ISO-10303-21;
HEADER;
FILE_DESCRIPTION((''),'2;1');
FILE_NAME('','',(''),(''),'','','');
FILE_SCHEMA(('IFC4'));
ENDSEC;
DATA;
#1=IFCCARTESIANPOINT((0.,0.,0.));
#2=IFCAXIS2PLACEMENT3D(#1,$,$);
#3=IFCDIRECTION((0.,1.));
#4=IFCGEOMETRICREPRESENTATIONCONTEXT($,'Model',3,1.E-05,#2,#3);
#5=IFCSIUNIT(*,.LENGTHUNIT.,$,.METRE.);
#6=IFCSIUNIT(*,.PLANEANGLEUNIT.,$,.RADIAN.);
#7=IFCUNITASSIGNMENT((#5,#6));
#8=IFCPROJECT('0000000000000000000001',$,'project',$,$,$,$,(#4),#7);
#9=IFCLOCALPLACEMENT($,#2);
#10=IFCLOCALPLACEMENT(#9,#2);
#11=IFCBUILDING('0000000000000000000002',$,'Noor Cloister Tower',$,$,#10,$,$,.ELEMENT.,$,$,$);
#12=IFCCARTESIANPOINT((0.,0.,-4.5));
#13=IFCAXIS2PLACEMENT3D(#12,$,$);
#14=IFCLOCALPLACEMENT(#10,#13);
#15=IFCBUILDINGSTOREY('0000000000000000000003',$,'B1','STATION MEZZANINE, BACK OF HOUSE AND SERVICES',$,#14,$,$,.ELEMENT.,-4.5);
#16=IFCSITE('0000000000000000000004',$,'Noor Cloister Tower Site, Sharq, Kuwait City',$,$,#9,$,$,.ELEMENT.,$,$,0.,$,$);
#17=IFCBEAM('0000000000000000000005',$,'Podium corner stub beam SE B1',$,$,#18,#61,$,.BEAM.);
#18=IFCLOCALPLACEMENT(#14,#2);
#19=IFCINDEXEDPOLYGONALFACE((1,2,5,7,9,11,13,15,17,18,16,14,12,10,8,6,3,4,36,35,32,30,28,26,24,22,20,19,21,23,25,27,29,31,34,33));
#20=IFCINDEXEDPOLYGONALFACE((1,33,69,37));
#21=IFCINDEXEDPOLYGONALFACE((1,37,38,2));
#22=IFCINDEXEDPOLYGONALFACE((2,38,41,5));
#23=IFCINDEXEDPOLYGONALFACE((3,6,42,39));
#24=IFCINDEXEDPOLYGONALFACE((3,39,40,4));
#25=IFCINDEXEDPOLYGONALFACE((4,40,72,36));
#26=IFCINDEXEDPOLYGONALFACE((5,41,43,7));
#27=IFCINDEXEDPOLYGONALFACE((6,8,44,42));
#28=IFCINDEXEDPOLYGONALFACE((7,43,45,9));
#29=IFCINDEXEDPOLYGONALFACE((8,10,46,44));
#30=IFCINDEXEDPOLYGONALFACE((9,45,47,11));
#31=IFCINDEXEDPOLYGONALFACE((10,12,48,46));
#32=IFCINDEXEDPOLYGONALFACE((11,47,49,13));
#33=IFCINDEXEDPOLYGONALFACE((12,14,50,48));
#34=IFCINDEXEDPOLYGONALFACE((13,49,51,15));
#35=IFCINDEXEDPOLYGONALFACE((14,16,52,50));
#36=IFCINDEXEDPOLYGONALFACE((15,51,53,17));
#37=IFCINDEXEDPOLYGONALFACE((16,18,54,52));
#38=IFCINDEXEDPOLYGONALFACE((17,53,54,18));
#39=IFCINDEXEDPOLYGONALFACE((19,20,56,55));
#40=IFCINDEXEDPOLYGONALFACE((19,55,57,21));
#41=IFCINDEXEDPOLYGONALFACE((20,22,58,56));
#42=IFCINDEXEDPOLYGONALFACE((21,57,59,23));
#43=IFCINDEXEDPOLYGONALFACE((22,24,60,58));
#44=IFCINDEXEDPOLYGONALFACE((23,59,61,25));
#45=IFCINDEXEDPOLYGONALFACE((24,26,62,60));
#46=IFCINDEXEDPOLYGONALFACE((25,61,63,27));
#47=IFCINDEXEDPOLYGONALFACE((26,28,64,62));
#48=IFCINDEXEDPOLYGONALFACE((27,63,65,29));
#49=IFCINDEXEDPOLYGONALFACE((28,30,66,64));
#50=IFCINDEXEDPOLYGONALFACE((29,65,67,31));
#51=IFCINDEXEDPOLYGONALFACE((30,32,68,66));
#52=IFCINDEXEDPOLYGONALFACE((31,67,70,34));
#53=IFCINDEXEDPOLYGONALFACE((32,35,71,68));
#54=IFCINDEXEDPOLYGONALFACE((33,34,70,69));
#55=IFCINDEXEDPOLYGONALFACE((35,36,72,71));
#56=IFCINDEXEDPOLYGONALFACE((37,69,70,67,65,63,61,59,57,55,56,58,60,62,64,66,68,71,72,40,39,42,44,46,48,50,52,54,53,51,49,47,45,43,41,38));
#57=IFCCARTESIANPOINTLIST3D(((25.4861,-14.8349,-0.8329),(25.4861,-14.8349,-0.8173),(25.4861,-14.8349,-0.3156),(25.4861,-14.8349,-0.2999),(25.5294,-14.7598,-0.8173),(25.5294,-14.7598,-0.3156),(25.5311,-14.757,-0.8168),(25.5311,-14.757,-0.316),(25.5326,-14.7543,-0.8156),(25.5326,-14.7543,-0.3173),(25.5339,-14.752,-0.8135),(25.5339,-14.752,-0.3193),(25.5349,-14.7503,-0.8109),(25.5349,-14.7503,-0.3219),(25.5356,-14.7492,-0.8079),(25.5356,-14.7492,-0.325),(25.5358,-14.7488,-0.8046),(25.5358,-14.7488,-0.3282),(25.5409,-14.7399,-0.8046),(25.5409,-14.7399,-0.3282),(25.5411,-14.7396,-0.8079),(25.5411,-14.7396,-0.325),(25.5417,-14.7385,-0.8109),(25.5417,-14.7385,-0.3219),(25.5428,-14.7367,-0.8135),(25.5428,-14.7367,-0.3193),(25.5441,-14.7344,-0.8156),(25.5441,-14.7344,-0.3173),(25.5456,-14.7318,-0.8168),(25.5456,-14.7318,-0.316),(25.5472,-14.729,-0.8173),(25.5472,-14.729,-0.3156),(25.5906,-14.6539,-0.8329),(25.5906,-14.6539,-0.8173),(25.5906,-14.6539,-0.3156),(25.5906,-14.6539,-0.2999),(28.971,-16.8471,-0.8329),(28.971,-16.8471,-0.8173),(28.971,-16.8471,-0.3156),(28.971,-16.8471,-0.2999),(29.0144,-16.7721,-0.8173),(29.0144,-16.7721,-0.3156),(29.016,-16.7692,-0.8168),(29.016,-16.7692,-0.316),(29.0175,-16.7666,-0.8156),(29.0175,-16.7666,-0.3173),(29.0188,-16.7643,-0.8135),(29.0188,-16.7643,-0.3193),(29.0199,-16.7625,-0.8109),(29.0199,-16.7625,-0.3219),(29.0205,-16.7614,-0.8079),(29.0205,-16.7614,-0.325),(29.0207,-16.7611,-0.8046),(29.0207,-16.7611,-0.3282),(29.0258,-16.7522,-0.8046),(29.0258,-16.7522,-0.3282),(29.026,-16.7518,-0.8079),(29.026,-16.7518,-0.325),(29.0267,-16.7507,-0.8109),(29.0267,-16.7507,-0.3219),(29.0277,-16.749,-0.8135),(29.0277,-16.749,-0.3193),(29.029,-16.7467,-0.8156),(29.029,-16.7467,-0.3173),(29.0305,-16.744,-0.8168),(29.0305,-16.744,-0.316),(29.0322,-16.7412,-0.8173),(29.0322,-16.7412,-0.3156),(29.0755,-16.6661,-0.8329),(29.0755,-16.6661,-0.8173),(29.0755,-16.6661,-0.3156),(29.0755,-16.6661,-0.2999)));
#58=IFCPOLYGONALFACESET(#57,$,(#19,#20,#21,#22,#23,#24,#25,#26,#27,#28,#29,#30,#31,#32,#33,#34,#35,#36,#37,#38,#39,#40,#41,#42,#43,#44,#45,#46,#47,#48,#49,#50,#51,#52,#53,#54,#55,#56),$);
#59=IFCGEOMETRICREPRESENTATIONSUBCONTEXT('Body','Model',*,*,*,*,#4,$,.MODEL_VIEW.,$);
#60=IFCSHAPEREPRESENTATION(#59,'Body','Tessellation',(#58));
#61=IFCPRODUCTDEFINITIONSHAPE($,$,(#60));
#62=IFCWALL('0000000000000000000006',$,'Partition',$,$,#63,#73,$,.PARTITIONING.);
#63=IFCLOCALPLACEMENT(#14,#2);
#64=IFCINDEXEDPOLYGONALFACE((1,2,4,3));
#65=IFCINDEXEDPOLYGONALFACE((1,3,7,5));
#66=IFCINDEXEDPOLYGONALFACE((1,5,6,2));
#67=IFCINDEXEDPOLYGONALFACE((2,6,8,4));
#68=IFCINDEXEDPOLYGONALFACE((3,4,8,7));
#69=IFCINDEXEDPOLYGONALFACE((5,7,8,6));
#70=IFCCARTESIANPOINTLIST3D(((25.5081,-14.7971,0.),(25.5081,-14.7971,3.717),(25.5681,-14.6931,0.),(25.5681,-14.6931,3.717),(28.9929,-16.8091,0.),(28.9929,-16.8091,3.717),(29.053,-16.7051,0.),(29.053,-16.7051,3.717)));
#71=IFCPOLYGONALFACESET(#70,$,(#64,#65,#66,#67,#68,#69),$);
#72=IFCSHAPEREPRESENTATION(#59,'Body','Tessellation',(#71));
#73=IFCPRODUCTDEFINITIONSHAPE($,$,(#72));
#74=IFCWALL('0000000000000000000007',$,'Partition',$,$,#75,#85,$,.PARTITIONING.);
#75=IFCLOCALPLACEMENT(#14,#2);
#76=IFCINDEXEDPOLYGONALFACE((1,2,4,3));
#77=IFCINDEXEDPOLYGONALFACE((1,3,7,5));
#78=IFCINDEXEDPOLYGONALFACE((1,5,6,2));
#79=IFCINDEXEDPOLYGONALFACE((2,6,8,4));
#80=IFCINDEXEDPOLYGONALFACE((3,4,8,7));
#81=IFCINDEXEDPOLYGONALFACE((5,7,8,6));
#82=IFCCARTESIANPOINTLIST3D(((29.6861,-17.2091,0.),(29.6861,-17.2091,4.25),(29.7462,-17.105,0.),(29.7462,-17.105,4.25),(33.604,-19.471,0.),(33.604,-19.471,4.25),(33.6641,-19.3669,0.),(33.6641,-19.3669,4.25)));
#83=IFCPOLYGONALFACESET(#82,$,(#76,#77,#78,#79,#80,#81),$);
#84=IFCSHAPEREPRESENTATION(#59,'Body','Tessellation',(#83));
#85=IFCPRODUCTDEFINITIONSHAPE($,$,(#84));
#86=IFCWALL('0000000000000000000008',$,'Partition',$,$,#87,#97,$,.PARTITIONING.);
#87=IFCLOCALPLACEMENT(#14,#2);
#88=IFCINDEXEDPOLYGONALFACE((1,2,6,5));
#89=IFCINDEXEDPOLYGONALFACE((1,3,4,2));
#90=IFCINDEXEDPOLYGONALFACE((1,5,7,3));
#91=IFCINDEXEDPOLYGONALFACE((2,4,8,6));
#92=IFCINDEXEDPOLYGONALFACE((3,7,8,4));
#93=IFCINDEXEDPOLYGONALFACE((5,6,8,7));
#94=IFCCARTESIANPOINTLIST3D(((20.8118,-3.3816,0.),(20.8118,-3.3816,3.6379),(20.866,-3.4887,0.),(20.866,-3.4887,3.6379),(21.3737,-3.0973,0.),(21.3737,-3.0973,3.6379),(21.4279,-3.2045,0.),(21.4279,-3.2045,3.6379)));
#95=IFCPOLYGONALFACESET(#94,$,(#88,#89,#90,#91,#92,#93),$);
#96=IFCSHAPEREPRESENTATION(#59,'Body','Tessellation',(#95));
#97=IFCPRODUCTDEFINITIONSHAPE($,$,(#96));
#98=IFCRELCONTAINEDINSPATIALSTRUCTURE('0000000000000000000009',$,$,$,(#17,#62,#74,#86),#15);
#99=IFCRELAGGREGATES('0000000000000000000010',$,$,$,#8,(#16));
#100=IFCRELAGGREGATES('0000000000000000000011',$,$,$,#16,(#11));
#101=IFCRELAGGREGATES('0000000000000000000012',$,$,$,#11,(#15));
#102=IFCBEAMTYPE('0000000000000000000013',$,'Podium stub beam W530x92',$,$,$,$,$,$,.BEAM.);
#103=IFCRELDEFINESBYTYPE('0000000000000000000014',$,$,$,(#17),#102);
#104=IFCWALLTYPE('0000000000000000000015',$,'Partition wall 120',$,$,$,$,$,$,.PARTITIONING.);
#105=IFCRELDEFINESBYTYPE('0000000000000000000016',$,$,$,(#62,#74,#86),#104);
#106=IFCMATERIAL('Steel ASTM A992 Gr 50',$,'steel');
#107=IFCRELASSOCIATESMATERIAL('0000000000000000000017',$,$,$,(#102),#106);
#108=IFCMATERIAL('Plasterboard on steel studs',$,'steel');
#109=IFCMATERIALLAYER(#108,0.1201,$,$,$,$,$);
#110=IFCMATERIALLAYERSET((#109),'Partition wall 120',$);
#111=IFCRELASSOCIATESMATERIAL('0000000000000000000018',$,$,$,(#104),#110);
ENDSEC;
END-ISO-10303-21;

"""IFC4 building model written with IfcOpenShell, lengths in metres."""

from ifc_helpers import new_model, si_unit, direction, frame, frame_2d, origin, origin_2d, place, context, subcontext, project, spatial, rectangle, i_section, extrude, material, layer, layer_set, material_profile, profile_set, type_object, element, save


model = new_model("IFC4")

# Units and contexts
model_context = context("Model", 3, precision=1e-05, world=origin(), true_north=direction((0.0, 1.0)))
body_context = subcontext(model_context, "Body", "Model", "MODEL_VIEW")
ifc_project = project(units=[si_unit("LENGTHUNIT", "METRE"), si_unit("PLANEANGLEUNIT", "RADIAN")], contexts=[model_context])

# Site, building, storey
site_placement = place(None, origin())
site = spatial("IfcSite", under=ifc_project, at=site_placement, Name="Noor Cloister Tower Site, Sharq, Kuwait City", CompositionType="ELEMENT", RefElevation=0.0)
building_placement = place(site_placement, origin())
building = spatial("IfcBuilding", under=site, at=building_placement, Name="Noor Cloister Tower", CompositionType="ELEMENT")
storey_placement = place(building_placement, frame((0.0, 0.0, -4.5)))
storey = spatial("IfcBuildingStorey", under=building, at=storey_placement, Name="B1", Description="STATION MEZZANINE, BACK OF HOUSE AND SERVICES", CompositionType="ELEMENT", Elevation=-4.5)

# Beam
ifc_material_1 = material(Name="Steel ASTM A992 Gr 50", Category="steel")
ifc_material_profile_1 = material_profile(ifc_material_1, i_section(OverallWidth=0.209, OverallDepth=0.533, WebThickness=0.0103, FlangeThickness=0.0156, FilletRadius=0.0127, at=origin_2d()), Name="W530x92")
ifc_profile_set_1 = profile_set([ifc_material_profile_1], Name="Steel ASTM A992 Gr 50")
beam_type_1 = type_object("IfcBeamType", Name="Podium stub beam W530x92", PredefinedType="BEAM", material=ifc_profile_set_1)
beam_1_placement = place(storey_placement, frame((25.5383, -14.7444, -0.5664), z_axis=(0.866002, -0.500041, 0.0), x_axis=(0.500041, 0.866002, 0.0)))
element("IfcBeam", 1, at=beam_1_placement, inside=storey, type_object=beam_type_1, Name="Podium corner stub beam SE B1", PredefinedType="BEAM", context=body_context, shape_type="SweptSolid", body=[
    extrude(i_section(OverallWidth=0.209, OverallDepth=0.533, WebThickness=0.0103, FlangeThickness=0.0156, FilletRadius=0.0127, at=origin_2d()), origin(), (0.0, 0.0, 1.0), 4.0242),
])

# Walls
ifc_material_2 = material(Name="Plasterboard on steel studs", Category="steel")
ifc_layer = layer(ifc_material_2, 0.1201)
ifc_layer_set = layer_set([ifc_layer], Name="Partition wall 120")
wall_type = type_object("IfcWallType", Name="Partition wall 120", PredefinedType="PARTITIONING", material=ifc_layer_set)
wall_1_placement = place(storey_placement, frame((29.0229, -16.7571, 0.0), z_axis=(0.0, 0.0, 1.0), x_axis=(-0.866028, 0.499996, 0.0)))
element("IfcWall", 2, at=wall_1_placement, inside=storey, type_object=wall_type, Name="Partition", PredefinedType="PARTITIONING", context=body_context, shape_type="SweptSolid", body=[
    extrude(rectangle(XDim=4.0239, YDim=0.1201, at=frame_2d((2.012, 0.0))), origin(), (0.0, 0.0, 1.0), 3.717),
])
wall_2_placement = place(storey_placement, frame((33.634, -19.4189, 0.0), z_axis=(0.0, 0.0, 1.0), x_axis=(-0.866033, 0.499987, 0.0)))
element("IfcWall", 3, at=wall_2_placement, inside=storey, type_object=wall_type, Name="Partition", PredefinedType="PARTITIONING", context=body_context, shape_type="SweptSolid", body=[
    extrude(rectangle(XDim=4.5239, YDim=0.1201, at=frame_2d((2.262, 0.0))), origin(), (0.0, 0.0, 1.0), 4.25),
])
wall_3_placement = place(storey_placement, frame((21.4009, -3.1509, 0.0), z_axis=(0.0, 0.0, 1.0), x_axis=(-0.892323, -0.451397, 0.0)))
element("IfcWall", 4, at=wall_3_placement, inside=storey, type_object=wall_type, Name="Partition", PredefinedType="PARTITIONING", context=body_context, shape_type="SweptSolid", body=[
    extrude(rectangle(XDim=0.6296, YDim=0.1201, at=frame_2d((0.3149, 0.0))), origin(), (0.0, 0.0, 1.0), 3.6379),
])

save(model, "model.ifc")
